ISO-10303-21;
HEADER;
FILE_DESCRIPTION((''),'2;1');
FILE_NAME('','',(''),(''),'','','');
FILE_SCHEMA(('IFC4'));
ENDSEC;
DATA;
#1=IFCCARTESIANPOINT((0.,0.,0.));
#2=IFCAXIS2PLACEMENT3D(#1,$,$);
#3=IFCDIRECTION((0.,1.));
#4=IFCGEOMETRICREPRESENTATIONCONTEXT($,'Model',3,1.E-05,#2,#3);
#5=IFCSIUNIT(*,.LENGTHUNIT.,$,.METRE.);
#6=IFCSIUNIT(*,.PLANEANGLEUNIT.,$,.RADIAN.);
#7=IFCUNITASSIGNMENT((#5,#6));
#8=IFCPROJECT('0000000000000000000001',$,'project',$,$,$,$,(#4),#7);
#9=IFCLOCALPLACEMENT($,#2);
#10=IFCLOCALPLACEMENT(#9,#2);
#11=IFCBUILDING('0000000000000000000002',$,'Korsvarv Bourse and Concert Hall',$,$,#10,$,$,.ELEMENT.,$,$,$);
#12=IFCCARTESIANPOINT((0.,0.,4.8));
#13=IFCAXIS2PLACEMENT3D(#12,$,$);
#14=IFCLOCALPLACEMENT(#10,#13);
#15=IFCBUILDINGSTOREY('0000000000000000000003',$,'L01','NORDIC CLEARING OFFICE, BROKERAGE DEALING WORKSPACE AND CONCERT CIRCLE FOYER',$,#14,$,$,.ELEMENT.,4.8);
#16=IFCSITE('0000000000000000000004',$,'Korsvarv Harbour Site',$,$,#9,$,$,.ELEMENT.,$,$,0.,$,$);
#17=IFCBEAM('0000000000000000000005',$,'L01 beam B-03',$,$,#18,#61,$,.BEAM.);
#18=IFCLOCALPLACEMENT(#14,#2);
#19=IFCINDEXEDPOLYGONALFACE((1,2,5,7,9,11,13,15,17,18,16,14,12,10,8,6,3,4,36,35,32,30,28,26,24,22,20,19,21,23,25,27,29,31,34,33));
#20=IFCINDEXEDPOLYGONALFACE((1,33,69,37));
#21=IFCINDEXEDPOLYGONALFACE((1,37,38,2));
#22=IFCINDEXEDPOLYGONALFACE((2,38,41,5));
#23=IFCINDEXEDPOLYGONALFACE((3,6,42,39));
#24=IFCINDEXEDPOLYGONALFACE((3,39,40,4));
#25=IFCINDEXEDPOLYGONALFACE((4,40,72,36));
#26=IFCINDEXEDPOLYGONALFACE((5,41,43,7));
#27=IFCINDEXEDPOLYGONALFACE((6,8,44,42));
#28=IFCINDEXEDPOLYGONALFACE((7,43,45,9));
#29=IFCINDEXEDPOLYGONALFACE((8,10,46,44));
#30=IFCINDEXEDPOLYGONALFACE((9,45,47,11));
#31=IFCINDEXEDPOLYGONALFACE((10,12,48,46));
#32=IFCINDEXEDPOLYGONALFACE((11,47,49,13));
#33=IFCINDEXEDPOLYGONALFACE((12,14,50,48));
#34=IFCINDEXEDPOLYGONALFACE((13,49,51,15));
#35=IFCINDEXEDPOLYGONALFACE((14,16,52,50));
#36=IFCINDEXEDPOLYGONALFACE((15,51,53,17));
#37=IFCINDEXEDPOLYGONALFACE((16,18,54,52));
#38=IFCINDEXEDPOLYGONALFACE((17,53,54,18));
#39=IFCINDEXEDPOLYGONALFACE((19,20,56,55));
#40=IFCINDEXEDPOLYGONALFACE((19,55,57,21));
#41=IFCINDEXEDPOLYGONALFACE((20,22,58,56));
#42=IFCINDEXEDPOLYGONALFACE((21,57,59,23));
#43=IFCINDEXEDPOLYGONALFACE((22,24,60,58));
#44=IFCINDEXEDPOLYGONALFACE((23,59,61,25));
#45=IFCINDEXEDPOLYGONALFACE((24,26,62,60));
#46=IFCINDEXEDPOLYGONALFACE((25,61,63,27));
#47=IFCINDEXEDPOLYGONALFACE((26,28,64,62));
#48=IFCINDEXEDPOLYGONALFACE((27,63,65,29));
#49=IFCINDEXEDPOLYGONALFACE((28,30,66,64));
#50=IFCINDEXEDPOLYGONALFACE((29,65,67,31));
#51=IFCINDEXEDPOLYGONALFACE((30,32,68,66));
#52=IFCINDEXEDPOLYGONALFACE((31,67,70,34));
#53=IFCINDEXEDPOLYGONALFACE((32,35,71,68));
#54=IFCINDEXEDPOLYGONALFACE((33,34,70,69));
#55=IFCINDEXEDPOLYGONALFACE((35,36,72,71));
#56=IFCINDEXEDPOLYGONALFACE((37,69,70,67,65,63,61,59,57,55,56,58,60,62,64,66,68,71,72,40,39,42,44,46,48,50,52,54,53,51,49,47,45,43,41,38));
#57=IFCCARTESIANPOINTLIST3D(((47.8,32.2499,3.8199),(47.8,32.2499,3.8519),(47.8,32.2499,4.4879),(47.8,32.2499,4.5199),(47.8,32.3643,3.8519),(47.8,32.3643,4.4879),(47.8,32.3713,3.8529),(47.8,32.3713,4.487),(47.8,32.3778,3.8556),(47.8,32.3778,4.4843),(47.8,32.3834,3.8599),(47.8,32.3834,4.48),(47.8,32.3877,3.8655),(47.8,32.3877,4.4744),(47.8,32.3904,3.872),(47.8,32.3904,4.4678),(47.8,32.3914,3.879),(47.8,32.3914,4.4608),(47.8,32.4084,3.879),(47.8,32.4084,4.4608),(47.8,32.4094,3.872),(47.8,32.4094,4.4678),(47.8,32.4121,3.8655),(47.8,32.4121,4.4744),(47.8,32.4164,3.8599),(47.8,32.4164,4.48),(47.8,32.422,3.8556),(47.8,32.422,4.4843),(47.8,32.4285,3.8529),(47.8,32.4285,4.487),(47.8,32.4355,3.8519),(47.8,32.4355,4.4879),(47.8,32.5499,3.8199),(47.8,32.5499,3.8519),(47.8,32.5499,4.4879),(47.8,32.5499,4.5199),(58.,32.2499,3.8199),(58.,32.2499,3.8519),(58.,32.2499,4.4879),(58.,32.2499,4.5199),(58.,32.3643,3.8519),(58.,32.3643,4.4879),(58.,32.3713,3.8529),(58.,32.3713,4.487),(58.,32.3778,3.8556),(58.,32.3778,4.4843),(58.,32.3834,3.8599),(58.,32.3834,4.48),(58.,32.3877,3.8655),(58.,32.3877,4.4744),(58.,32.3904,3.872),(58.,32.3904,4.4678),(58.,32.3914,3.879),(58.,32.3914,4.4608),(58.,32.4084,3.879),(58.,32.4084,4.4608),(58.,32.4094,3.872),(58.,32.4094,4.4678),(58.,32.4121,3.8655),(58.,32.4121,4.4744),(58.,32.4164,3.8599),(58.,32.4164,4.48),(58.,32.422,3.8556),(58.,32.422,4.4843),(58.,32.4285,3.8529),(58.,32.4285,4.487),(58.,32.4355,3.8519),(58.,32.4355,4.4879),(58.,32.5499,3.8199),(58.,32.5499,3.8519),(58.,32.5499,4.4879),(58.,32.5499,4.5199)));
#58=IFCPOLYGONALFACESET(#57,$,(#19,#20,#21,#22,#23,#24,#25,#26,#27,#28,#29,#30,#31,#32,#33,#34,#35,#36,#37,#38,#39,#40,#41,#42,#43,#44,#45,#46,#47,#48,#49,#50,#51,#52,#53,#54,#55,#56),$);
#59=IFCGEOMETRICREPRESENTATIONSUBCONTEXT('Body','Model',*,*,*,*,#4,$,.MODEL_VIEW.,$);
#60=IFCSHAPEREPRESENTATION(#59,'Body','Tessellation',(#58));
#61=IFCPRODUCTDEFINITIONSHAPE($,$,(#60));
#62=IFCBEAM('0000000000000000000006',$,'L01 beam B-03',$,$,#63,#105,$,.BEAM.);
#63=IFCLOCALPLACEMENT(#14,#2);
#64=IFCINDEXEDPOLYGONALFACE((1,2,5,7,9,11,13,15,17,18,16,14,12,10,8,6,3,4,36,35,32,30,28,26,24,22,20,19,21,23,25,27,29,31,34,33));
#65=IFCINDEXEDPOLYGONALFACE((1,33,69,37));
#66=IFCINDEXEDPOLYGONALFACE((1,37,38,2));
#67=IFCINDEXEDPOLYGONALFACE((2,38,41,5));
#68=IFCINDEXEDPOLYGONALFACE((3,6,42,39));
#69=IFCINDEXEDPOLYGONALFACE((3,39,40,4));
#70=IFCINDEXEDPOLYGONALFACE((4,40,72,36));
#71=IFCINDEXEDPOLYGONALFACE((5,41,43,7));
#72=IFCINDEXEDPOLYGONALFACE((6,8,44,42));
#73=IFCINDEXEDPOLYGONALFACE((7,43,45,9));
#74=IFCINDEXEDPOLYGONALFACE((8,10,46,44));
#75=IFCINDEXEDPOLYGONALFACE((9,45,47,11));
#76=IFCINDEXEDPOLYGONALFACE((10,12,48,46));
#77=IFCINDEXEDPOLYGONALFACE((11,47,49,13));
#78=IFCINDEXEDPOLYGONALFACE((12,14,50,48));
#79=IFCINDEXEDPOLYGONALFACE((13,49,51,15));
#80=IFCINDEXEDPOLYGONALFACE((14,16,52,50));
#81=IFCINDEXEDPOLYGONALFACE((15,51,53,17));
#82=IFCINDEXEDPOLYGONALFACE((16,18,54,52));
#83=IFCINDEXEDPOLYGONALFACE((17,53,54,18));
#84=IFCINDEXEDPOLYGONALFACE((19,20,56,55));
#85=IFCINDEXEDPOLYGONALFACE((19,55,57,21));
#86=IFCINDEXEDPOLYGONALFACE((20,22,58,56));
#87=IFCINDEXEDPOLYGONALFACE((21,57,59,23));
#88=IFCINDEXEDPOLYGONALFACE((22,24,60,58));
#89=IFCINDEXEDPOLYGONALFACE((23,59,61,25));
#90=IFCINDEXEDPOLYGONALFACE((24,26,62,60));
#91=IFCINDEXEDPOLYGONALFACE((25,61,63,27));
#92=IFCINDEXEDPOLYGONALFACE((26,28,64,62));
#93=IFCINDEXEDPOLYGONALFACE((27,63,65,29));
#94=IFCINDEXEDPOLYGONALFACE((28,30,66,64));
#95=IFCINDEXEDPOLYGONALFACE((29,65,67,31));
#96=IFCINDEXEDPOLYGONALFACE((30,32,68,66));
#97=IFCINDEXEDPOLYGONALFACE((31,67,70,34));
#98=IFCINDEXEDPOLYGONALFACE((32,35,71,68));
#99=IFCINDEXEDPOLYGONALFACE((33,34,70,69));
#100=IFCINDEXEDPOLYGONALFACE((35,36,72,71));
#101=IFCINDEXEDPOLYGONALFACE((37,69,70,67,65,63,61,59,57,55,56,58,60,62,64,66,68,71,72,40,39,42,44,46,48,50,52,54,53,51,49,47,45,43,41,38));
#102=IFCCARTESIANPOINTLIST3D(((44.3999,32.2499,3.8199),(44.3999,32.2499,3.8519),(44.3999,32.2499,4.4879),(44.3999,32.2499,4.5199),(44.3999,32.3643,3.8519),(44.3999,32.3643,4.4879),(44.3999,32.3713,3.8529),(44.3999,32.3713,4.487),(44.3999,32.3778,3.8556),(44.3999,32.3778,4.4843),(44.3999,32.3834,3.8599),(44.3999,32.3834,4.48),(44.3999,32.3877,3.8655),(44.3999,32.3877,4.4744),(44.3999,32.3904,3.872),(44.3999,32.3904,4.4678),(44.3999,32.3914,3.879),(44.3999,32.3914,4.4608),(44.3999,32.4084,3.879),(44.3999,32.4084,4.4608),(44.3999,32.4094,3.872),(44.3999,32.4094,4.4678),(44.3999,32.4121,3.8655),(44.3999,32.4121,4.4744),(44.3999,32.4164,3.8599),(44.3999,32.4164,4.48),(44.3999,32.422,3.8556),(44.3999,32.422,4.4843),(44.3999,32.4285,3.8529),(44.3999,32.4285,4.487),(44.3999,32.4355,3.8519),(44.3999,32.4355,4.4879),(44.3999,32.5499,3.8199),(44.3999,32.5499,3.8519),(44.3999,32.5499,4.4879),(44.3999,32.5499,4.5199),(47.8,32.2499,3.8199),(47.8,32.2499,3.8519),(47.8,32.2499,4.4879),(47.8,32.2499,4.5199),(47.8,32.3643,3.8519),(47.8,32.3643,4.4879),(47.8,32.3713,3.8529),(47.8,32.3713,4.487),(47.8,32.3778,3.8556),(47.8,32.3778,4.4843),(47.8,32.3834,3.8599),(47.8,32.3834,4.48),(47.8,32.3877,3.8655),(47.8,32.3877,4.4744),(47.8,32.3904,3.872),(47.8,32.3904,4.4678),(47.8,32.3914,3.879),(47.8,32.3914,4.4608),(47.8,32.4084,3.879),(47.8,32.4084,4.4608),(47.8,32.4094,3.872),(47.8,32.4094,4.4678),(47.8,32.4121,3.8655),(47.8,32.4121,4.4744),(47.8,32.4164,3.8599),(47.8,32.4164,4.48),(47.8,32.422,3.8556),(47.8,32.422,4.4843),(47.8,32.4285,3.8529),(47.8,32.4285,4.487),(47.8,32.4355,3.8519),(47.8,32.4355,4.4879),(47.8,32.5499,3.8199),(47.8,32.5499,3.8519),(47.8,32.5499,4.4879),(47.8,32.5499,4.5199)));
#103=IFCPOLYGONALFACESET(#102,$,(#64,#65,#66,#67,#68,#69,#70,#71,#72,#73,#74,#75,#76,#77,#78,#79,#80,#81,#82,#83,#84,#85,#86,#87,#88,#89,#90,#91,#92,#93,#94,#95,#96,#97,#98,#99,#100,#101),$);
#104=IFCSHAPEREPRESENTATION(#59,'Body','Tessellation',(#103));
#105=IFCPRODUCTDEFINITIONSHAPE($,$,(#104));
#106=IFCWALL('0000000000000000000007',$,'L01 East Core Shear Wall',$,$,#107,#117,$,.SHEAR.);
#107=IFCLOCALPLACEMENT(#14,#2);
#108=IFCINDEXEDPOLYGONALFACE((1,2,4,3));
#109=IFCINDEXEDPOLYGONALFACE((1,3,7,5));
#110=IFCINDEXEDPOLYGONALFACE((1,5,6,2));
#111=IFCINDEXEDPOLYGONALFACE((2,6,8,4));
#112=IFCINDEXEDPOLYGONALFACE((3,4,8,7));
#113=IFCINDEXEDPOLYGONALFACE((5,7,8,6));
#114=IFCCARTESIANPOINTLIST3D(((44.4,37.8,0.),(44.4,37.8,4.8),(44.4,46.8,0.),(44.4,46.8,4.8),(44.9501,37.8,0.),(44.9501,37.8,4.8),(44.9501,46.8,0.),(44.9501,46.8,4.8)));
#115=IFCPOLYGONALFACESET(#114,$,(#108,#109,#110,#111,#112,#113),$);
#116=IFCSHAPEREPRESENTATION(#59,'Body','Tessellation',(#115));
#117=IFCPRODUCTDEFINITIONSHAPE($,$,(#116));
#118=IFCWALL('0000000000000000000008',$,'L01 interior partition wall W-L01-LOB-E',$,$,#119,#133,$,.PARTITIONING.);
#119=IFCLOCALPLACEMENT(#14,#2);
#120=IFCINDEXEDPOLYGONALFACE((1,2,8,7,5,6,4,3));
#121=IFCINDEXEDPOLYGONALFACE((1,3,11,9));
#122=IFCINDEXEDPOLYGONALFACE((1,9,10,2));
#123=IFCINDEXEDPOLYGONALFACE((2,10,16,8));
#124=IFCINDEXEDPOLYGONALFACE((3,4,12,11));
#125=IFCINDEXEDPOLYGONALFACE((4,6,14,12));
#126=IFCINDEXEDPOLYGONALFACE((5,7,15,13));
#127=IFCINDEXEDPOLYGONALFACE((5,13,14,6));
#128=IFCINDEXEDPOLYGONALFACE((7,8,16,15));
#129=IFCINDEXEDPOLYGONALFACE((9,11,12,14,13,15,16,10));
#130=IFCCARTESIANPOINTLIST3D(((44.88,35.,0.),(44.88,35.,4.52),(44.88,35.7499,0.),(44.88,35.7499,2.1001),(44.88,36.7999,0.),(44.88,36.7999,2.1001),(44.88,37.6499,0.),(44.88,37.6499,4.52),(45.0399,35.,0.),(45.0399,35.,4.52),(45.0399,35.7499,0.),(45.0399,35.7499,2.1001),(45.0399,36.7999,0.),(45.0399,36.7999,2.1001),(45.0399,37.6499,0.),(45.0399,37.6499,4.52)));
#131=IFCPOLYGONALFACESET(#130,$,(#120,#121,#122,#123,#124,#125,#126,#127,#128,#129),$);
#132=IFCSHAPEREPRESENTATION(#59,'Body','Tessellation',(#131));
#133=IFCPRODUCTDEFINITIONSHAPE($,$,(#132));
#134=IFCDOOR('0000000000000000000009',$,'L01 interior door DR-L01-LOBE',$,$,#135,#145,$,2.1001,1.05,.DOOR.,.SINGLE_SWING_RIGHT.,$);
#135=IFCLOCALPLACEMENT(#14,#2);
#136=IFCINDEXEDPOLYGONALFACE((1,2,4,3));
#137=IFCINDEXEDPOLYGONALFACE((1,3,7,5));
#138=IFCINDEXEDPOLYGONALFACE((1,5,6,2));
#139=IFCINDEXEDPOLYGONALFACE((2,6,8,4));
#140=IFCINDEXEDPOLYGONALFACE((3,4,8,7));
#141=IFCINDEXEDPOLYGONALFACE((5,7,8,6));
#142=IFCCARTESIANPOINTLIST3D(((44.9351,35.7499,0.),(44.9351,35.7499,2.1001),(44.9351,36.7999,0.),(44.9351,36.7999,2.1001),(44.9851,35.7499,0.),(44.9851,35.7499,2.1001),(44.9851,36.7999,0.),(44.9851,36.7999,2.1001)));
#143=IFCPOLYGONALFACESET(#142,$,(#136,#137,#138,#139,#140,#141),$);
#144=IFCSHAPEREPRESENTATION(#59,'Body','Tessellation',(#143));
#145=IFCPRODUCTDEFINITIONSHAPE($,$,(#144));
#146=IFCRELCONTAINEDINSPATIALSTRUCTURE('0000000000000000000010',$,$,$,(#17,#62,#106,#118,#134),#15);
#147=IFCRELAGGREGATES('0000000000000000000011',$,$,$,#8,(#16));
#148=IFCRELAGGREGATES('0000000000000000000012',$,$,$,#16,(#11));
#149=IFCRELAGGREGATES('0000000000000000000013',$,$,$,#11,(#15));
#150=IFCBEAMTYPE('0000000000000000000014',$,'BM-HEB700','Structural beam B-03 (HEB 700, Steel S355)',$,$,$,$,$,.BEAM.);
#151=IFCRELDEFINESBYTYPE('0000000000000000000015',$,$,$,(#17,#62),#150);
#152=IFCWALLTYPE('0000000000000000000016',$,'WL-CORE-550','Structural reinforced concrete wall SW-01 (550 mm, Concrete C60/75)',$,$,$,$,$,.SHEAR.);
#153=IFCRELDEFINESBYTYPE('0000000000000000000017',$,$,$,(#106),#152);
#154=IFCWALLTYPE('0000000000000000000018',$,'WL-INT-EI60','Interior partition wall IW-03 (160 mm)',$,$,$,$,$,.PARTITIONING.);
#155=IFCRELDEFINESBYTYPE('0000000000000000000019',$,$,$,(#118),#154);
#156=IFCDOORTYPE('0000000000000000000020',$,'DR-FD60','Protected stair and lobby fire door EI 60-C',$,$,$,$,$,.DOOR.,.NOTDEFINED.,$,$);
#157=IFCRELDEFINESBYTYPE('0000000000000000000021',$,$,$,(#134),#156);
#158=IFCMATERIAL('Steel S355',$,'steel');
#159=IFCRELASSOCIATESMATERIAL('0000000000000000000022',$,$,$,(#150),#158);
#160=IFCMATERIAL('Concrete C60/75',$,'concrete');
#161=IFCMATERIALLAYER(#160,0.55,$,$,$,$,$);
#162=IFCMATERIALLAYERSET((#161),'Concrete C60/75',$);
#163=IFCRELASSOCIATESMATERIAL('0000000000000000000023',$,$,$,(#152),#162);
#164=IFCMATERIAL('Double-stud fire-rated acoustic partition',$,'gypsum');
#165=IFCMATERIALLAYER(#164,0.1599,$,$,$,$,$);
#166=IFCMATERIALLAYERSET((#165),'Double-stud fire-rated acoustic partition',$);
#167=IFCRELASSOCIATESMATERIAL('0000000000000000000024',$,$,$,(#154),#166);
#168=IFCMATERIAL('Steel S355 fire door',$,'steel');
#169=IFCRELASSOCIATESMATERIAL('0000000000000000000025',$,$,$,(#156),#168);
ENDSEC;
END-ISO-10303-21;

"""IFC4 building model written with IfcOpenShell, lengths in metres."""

from ifc_helpers import new_model, si_unit, direction, frame, frame_2d, origin, origin_2d, place, context, subcontext, project, spatial, rectangle, i_section, extrude, source, transform, mapped, material, layer, layer_set, material_profile, profile_set, type_object, element, fill, save


model = new_model("IFC4")

# Units and contexts
model_context = context("Model", 3, precision=1e-05, world=origin(), true_north=direction((0.0, 1.0)))
body_context = subcontext(model_context, "Body", "Model", "MODEL_VIEW")
ifc_project = project(units=[si_unit("LENGTHUNIT", "METRE"), si_unit("PLANEANGLEUNIT", "RADIAN")], contexts=[model_context])

# Site, building, storey
site_placement = place(None, origin())
site = spatial("IfcSite", under=ifc_project, at=site_placement, Name="Korsvarv Harbour Site", CompositionType="ELEMENT", RefElevation=0.0)
building_placement = place(site_placement, origin())
building = spatial("IfcBuilding", under=site, at=building_placement, Name="Korsvarv Bourse and Concert Hall", CompositionType="ELEMENT")
storey_placement = place(building_placement, frame((0.0, 0.0, 4.8)))
storey = spatial("IfcBuildingStorey", under=building, at=storey_placement, Name="L01", Description="NORDIC CLEARING OFFICE, BROKERAGE DEALING WORKSPACE AND CONCERT CIRCLE FOYER", CompositionType="ELEMENT", Elevation=4.8)

# Shared definitions
ifc_material_1 = material(Name="Concrete C60/75", Category="concrete")

# Beams
ifc_material_2 = material(Name="Steel S355", Category="steel")
ifc_material_profile_1 = material_profile(ifc_material_2, i_section(OverallWidth=0.3, OverallDepth=0.7, WebThickness=0.0171, FlangeThickness=0.032, FilletRadius=0.0271, at=origin_2d()), Name="HEB 700")
ifc_profile_set_1 = profile_set([ifc_material_profile_1], Name="Steel S355")
beam_type_1 = type_object("IfcBeamType", Name="BM-HEB700", Description="Structural beam B-03 (HEB 700, Steel S355)", PredefinedType="BEAM", material=ifc_profile_set_1)
shared_shape_1 = source(origin(), body_context, "Body", "SweptSolid", [
    extrude(i_section(OverallWidth=0.3, OverallDepth=0.7, WebThickness=0.0171, FlangeThickness=0.032, FilletRadius=0.0271, at=origin_2d()), origin(), (0.0, 0.0, 1.0), 10.2),
])
beam_1_placement = place(storey_placement, frame((47.8, 32.3999, 4.1699), z_axis=(1.0, 0.0, 0.0), x_axis=(0.0, 1.0, 0.0)))
element("IfcBeam", 1, at=beam_1_placement, inside=storey, type_object=beam_type_1, Name="L01 beam B-03", PredefinedType="BEAM", context=body_context, shape_type="MappedRepresentation", body=[
    mapped(shared_shape_1, transform((0.0, 0.0, 0.0), scale=1.0)),
])
shared_shape_2 = source(origin(), body_context, "Body", "SweptSolid", [
    extrude(i_section(OverallWidth=0.3, OverallDepth=0.7, WebThickness=0.0171, FlangeThickness=0.032, FilletRadius=0.0271, at=origin_2d()), origin(), (0.0, 0.0, 1.0), 3.4001),
])
beam_2_placement = place(storey_placement, frame((44.3999, 32.3999, 4.1699), z_axis=(1.0, 0.0, 0.0), x_axis=(0.0, 1.0, 0.0)))
element("IfcBeam", 2, at=beam_2_placement, inside=storey, type_object=beam_type_1, Name="L01 beam B-03", PredefinedType="BEAM", context=body_context, shape_type="MappedRepresentation", body=[
    mapped(shared_shape_2, transform((0.0, 0.0, 0.0), scale=1.0)),
])

# Wall
ifc_layer_1 = layer(ifc_material_1, 0.55)
ifc_layer_set_1 = layer_set([ifc_layer_1], Name="Concrete C60/75")
wall_type_1 = type_object("IfcWallType", Name="WL-CORE-550", Description="Structural reinforced concrete wall SW-01 (550 mm, Concrete C60/75)", PredefinedType="SHEAR", material=ifc_layer_set_1)
wall_1_placement = place(storey_placement, frame((44.675, 37.8, 0.0), z_axis=(0.0, 0.0, 1.0), x_axis=(0.0, 1.0, 0.0)))
element("IfcWall", 3, at=wall_1_placement, inside=storey, type_object=wall_type_1, Name="L01 East Core Shear Wall", PredefinedType="SHEAR", context=body_context, shape_type="SweptSolid", body=[
    extrude(rectangle(XDim=9.0, YDim=0.55, at=frame_2d((4.5, 0.0))), origin(), (0.0, 0.0, 1.0), 4.8),
])

# Wall, opening, door
ifc_material_3 = material(Name="Double-stud fire-rated acoustic partition", Category="gypsum")
ifc_layer_2 = layer(ifc_material_3, 0.1599)
ifc_layer_set_2 = layer_set([ifc_layer_2], Name="Double-stud fire-rated acoustic partition")
wall_type_2 = type_object("IfcWallType", Name="WL-INT-EI60", Description="Interior partition wall IW-03 (160 mm)", PredefinedType="PARTITIONING", material=ifc_layer_set_2)
wall_2_placement = place(storey_placement, frame((44.96, 35.0, 0.0), z_axis=(0.0, 0.0, 1.0), x_axis=(0.0, 1.0, 0.0)))
wall_2 = element("IfcWall", 4, at=wall_2_placement, inside=storey, type_object=wall_type_2, Name="L01 interior partition wall W-L01-LOB-E", PredefinedType="PARTITIONING", context=body_context, shape_type="SweptSolid", body=[
    extrude(rectangle(XDim=2.6499, YDim=0.1599, at=frame_2d((1.325, 0.0))), origin(), (0.0, 0.0, 1.0), 4.52),
])
opening_1_placement = place(wall_2_placement, frame((0.75, 0.0, 0.0)))
opening_1 = element("IfcOpeningElement", 5, at=opening_1_placement, cuts=wall_2, PredefinedType="OPENING", context=body_context, shape_type="SweptSolid", body=[
    extrude(rectangle(XDim=1.05, YDim=2.1001, at=frame_2d((0.5249, 1.05))), frame((0.0, 0.0898, 0.0), z_axis=(0.0, -1.0, 0.0), x_axis=(1.0, 0.0, 0.0)), (0.0, 0.0, 1.0), 0.1799),
])
ifc_material_4 = material(Name="Steel S355 fire door", Category="steel")
door_type_1 = type_object("IfcDoorType", Name="DR-FD60", Description="Protected stair and lobby fire door EI 60-C", OperationType="NOTDEFINED", PredefinedType="DOOR", material=ifc_material_4)
door_1_placement = place(opening_1_placement, origin())
door_1 = element("IfcDoor", 6, at=door_1_placement, inside=storey, type_object=door_type_1, Name="L01 interior door DR-L01-LOBE", OperationType="SINGLE_SWING_RIGHT", OverallHeight=2.1001, OverallWidth=1.05, PredefinedType="DOOR", context=body_context, shape_type="SweptSolid", body=[
    extrude(rectangle(XDim=1.05, YDim=2.1001, at=frame_2d((0.5249, 1.05))), frame((0.0, 0.0249, 0.0), z_axis=(0.0, -1.0, 0.0), x_axis=(1.0, 0.0, 0.0)), (0.0, 0.0, 1.0), 0.05),
])
fill(opening_1, door_1)

save(model, "model.ifc")
